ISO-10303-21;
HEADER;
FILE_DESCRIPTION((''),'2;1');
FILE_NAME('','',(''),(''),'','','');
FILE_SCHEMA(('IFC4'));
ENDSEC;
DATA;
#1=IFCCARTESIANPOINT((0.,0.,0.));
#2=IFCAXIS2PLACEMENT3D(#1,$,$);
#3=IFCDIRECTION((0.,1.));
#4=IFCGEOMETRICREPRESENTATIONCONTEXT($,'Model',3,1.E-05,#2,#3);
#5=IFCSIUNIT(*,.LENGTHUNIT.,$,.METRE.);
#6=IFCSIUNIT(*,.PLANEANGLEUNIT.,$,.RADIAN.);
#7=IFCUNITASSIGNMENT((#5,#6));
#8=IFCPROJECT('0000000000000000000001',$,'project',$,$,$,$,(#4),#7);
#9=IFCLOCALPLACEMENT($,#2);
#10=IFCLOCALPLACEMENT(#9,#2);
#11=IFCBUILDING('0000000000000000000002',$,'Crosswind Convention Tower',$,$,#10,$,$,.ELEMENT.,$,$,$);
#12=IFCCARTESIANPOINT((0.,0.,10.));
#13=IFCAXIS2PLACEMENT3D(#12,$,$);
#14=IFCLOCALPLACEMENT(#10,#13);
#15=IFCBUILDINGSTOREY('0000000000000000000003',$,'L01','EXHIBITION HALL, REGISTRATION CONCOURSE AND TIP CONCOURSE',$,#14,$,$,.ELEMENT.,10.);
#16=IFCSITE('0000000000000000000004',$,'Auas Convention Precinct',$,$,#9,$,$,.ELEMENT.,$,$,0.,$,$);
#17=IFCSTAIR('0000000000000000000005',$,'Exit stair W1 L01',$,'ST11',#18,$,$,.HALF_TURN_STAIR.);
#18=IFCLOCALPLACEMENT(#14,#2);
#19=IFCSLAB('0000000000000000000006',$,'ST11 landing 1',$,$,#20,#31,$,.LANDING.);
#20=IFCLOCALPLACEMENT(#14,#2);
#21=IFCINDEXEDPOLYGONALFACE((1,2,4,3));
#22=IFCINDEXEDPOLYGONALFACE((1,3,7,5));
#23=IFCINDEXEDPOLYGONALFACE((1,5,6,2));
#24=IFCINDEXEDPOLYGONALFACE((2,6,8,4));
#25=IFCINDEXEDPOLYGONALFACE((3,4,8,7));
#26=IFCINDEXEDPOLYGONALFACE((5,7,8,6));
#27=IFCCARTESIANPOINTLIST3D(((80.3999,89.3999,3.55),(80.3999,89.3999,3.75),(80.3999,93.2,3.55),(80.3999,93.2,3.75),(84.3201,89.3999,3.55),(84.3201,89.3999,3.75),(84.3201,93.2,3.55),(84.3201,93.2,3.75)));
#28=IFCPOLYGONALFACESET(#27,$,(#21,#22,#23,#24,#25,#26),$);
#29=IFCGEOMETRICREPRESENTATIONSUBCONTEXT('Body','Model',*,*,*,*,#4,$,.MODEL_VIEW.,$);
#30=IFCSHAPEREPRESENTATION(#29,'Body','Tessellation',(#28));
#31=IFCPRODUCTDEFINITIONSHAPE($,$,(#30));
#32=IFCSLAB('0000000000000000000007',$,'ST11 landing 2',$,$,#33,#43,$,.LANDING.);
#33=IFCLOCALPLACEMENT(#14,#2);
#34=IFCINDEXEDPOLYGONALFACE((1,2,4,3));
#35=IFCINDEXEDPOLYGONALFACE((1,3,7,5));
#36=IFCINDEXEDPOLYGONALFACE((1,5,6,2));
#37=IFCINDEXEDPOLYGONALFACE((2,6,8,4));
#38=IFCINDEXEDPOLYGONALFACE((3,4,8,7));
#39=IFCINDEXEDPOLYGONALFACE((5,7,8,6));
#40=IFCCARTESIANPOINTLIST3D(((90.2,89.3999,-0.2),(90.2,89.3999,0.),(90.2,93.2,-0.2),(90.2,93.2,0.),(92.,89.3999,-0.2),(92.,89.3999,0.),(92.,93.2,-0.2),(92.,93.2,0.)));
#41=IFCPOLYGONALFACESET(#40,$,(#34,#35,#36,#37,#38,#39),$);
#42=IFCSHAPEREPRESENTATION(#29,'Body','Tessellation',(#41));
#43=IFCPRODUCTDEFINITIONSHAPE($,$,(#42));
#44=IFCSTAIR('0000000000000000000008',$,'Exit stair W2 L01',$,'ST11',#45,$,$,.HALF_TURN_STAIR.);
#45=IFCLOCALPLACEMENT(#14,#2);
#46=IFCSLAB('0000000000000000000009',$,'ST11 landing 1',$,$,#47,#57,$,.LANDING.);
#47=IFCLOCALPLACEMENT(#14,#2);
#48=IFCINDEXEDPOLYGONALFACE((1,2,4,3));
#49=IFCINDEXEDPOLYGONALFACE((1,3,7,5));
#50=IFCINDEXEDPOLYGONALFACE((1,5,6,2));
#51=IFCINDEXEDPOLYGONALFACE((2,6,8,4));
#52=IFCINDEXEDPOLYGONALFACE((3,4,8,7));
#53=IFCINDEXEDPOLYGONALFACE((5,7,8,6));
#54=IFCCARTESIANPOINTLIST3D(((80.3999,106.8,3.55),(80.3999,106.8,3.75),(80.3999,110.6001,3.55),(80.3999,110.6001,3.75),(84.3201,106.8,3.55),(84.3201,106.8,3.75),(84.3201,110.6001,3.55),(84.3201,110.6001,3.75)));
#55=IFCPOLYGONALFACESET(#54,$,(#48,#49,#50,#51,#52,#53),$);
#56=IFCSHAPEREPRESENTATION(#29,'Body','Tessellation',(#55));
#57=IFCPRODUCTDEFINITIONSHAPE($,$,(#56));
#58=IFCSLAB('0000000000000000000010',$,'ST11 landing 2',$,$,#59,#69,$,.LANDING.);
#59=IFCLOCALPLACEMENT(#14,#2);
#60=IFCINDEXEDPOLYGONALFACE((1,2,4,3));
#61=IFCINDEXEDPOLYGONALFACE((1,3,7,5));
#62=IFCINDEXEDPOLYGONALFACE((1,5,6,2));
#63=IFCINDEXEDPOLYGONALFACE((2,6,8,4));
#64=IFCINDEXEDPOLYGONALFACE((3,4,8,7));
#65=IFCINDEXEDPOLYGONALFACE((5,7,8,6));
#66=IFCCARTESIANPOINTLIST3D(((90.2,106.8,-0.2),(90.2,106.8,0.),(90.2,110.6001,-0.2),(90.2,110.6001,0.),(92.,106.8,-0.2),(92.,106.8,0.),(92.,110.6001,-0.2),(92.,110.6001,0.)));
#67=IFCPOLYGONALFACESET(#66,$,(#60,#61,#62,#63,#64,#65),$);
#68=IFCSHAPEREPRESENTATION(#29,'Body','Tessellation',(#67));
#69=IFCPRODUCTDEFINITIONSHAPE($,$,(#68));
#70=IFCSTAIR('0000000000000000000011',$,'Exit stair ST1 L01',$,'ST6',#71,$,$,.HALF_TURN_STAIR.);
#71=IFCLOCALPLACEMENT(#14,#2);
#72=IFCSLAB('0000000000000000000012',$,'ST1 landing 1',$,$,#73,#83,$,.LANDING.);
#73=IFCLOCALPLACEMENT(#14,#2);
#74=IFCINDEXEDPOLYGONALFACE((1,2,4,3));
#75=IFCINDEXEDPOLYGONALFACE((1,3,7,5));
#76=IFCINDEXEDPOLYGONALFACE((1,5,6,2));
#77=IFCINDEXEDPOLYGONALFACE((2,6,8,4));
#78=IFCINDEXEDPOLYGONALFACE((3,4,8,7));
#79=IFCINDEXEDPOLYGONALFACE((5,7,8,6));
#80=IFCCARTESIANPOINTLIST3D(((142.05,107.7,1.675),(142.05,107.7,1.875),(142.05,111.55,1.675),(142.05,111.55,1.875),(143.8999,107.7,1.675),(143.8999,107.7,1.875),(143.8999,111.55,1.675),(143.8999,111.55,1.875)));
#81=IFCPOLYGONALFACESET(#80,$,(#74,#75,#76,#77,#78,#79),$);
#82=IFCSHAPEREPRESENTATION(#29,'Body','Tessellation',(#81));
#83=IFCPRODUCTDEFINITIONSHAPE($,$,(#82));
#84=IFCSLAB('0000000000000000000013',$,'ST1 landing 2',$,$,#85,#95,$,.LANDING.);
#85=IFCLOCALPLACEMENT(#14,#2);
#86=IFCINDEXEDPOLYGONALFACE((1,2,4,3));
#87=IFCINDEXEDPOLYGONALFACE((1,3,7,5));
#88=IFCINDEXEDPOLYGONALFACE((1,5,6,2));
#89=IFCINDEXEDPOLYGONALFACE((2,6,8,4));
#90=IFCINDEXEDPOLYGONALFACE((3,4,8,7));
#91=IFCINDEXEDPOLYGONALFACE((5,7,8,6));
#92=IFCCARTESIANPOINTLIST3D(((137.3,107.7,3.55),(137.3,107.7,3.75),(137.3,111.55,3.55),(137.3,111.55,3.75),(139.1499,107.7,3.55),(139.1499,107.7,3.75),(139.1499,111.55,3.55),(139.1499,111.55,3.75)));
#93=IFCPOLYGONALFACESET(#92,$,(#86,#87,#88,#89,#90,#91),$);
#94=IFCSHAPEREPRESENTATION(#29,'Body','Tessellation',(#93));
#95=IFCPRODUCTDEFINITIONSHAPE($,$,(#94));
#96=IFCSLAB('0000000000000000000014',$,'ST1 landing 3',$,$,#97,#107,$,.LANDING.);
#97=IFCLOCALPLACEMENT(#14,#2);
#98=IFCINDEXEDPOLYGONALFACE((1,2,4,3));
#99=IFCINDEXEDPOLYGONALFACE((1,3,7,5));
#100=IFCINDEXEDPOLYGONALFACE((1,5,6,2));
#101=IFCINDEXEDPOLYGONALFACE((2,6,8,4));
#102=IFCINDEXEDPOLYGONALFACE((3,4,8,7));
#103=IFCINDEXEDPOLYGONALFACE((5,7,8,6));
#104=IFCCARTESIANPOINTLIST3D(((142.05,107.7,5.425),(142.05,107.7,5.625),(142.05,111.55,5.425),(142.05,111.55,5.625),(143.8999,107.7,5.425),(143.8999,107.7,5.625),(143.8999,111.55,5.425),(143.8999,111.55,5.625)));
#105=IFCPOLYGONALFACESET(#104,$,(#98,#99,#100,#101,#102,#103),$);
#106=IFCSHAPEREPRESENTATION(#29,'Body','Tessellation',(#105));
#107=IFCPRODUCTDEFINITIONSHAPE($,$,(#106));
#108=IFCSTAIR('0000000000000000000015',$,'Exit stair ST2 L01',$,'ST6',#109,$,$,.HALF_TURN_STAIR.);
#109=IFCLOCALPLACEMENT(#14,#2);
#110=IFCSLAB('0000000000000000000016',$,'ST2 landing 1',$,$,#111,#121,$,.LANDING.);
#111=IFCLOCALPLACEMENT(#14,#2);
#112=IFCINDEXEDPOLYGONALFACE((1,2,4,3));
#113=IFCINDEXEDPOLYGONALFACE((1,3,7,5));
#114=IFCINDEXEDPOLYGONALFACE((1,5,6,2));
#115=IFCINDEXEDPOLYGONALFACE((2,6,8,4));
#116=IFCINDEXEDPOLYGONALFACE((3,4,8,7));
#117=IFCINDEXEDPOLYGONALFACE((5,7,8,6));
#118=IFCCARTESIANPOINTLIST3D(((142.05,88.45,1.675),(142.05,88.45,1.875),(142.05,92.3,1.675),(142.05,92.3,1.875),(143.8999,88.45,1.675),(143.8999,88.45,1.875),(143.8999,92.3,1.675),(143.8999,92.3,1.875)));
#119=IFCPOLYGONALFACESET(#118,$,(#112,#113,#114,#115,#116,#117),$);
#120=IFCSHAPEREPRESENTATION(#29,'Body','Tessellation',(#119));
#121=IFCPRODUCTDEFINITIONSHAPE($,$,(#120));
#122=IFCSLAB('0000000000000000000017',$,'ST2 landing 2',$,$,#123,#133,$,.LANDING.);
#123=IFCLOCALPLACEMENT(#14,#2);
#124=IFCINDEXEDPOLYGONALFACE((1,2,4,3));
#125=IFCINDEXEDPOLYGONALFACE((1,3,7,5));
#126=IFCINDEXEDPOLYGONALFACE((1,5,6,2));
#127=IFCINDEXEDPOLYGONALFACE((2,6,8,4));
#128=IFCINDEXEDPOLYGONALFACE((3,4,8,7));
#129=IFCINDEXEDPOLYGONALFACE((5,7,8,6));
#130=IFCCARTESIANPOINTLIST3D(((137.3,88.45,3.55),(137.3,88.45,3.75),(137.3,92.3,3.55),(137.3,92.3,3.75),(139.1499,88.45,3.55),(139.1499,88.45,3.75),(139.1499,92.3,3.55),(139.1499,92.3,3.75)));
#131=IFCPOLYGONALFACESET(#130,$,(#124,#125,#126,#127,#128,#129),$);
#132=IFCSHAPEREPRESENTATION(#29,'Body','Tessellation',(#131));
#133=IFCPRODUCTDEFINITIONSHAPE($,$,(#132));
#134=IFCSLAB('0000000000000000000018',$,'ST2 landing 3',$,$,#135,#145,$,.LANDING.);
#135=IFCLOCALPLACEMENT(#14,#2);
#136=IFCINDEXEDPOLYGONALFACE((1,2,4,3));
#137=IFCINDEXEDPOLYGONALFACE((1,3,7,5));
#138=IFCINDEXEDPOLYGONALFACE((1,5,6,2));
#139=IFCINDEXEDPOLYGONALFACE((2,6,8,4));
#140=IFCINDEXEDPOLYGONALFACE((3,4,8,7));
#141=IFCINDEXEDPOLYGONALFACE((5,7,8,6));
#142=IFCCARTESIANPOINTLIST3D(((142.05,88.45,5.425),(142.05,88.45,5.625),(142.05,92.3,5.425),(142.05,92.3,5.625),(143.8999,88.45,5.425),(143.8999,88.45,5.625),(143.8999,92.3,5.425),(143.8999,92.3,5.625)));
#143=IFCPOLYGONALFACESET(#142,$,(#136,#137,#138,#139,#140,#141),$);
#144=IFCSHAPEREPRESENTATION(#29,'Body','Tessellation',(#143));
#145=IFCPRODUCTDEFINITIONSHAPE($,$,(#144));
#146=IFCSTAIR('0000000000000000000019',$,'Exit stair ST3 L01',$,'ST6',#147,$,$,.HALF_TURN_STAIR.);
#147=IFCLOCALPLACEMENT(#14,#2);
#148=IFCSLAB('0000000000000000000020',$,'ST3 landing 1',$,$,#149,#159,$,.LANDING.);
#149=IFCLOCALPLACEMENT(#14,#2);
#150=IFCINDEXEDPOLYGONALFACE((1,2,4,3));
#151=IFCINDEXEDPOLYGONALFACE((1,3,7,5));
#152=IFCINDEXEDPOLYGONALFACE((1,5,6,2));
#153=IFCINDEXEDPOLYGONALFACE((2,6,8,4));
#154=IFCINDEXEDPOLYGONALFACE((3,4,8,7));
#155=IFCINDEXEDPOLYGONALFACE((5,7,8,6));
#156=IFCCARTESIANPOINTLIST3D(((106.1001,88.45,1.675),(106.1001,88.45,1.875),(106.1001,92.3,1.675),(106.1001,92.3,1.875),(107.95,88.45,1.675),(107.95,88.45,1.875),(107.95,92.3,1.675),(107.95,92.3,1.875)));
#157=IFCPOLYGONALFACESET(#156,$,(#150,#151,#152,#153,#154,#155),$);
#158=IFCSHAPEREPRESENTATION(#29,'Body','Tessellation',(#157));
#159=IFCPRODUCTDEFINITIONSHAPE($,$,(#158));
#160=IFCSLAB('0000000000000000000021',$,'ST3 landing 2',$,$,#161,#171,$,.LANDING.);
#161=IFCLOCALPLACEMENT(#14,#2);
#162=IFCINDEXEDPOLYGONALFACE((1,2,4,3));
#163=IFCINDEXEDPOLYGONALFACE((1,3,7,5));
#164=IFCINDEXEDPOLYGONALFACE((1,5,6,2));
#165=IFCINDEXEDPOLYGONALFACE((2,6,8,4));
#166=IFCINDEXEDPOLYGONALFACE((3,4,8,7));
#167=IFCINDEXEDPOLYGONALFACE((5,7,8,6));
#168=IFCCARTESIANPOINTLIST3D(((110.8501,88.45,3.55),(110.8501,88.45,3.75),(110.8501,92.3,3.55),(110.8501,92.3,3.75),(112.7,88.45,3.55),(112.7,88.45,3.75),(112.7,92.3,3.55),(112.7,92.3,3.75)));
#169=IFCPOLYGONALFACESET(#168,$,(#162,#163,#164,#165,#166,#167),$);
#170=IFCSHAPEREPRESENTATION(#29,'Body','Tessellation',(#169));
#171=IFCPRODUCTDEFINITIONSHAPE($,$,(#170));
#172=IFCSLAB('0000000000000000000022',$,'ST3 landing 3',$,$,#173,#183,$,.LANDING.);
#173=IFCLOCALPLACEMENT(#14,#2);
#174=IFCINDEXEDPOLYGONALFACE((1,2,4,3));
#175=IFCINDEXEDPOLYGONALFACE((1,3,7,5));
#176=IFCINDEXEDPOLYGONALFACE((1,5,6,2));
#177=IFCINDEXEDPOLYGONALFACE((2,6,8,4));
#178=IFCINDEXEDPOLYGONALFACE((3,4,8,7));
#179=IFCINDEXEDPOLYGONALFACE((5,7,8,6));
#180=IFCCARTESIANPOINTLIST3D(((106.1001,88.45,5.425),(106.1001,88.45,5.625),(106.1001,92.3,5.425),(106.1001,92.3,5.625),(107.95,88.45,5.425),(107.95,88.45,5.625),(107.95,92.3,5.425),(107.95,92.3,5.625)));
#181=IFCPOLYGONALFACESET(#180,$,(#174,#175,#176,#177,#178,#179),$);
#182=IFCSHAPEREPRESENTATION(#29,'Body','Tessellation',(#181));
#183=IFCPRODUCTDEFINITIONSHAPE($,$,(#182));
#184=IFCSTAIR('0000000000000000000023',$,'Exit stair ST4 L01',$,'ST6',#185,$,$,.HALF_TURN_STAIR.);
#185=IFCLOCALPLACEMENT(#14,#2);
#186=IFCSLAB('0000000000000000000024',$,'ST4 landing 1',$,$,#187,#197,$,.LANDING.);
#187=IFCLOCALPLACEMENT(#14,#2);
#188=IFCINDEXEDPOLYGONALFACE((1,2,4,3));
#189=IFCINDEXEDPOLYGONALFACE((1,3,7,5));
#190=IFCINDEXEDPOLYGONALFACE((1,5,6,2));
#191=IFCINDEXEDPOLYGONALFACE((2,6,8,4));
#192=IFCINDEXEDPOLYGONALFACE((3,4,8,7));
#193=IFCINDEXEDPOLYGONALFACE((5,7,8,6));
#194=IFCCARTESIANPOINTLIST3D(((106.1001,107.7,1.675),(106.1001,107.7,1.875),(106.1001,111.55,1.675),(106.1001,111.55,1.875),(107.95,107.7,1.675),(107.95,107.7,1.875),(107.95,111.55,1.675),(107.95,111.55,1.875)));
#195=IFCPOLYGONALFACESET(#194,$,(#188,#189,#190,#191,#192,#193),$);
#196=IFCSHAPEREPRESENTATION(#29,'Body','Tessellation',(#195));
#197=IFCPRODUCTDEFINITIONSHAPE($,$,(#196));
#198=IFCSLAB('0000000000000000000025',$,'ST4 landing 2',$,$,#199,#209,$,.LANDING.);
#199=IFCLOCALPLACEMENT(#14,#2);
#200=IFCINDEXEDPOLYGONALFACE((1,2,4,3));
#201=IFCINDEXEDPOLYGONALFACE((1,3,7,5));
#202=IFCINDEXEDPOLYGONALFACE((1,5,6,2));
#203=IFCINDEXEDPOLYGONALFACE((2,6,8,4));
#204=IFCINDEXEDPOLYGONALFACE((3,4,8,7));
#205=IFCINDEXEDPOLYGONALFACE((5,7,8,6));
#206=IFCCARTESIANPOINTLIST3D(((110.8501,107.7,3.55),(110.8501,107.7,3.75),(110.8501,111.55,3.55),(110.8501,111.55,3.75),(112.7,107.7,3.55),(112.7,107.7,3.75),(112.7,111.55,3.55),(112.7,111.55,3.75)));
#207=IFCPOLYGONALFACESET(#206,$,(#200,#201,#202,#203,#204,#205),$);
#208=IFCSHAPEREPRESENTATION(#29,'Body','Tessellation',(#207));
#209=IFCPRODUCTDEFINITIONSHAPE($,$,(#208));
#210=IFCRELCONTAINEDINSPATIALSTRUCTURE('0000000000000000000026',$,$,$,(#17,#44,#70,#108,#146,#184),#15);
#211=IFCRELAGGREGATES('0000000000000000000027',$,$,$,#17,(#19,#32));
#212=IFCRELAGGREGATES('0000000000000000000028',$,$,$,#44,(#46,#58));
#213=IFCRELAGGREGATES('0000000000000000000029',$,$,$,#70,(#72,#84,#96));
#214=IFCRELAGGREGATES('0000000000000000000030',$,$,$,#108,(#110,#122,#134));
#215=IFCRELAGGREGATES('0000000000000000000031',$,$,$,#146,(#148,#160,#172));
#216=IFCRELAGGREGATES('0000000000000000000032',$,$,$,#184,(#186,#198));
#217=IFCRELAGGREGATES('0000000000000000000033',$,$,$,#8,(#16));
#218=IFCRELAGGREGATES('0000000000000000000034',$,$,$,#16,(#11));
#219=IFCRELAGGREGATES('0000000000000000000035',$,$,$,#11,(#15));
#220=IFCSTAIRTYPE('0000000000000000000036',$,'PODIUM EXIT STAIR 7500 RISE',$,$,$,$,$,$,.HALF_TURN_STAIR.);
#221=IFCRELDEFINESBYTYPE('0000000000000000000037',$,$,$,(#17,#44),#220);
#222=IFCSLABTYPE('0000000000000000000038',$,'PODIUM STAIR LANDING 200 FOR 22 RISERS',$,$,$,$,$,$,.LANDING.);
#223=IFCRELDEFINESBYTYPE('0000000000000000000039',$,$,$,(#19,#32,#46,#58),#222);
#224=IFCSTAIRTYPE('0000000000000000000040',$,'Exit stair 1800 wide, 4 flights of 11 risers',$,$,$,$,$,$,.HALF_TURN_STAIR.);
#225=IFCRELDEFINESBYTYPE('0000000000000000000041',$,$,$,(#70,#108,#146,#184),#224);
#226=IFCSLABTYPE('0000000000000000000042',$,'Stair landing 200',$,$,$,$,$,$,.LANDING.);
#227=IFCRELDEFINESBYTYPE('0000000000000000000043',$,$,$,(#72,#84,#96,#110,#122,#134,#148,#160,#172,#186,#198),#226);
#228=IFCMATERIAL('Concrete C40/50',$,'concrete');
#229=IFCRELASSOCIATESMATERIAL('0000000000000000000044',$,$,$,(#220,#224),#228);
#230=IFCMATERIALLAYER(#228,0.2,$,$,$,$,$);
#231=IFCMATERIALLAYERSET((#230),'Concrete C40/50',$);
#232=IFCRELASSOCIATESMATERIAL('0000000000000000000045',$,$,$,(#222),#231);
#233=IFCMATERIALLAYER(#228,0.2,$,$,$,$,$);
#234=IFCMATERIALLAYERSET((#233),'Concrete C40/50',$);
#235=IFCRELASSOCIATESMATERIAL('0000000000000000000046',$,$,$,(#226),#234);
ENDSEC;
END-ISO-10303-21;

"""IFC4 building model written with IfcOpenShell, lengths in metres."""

from ifc_helpers import new_model, si_unit, direction, frame, origin, place, context, subcontext, project, spatial, polyline, outline, extrude, material, layer, layer_set, type_object, element, aggregate, save


model = new_model("IFC4")

# Units and contexts
model_context = context("Model", 3, precision=1e-05, world=origin(), true_north=direction((0.0, 1.0)))
body_context = subcontext(model_context, "Body", "Model", "MODEL_VIEW")
ifc_project = project(units=[si_unit("LENGTHUNIT", "METRE"), si_unit("PLANEANGLEUNIT", "RADIAN")], contexts=[model_context])

# Site, building, storey
site_placement = place(None, origin())
site = spatial("IfcSite", under=ifc_project, at=site_placement, Name="Auas Convention Precinct", CompositionType="ELEMENT", RefElevation=0.0)
building_placement = place(site_placement, origin())
building = spatial("IfcBuilding", under=site, at=building_placement, Name="Crosswind Convention Tower", CompositionType="ELEMENT")
storey_placement = place(building_placement, frame((0.0, 0.0, 10.0)))
storey = spatial("IfcBuildingStorey", under=building, at=storey_placement, Name="L01", Description="EXHIBITION HALL, REGISTRATION CONCOURSE AND TIP CONCOURSE", CompositionType="ELEMENT", Elevation=10.0)

# Shared definitions
ifc_material_1 = material(Name="Concrete C40/50", Category="concrete")

# Stairs, slabs
stair_type_1 = type_object("IfcStairType", Name="PODIUM EXIT STAIR 7500 RISE", PredefinedType="HALF_TURN_STAIR", material=ifc_material_1)
ifc_layer_1 = layer(ifc_material_1, 0.2)
ifc_layer_set_1 = layer_set([ifc_layer_1], Name="Concrete C40/50")
slab_type_1 = type_object("IfcSlabType", Name="PODIUM STAIR LANDING 200 FOR 22 RISERS", PredefinedType="LANDING", material=ifc_layer_set_1)
stair_1_placement = place(storey_placement, origin())
stair_1 = element("IfcStair", 1, at=stair_1_placement, inside=storey, type_object=stair_type_1, Name="Exit stair W1 L01", ObjectType="ST11", PredefinedType="HALF_TURN_STAIR")
slab_1_placement = place(storey_placement, frame((0.0, 0.0, 3.55)))
slab_1 = element("IfcSlab", 2, at=slab_1_placement, type_object=slab_type_1, Name="ST11 landing 1", PredefinedType="LANDING", context=body_context, shape_type="SweptSolid", body=[
    extrude(outline(polyline([(84.3201, 93.2), (80.3999, 93.2), (80.3999, 89.3999), (84.3201, 89.3999), (84.3201, 93.2)])), origin(), (0.0, 0.0, 1.0), 0.2),
])
slab_2_placement = place(storey_placement, frame((0.0, 0.0, -0.2)))
slab_2 = element("IfcSlab", 3, at=slab_2_placement, type_object=slab_type_1, Name="ST11 landing 2", PredefinedType="LANDING", context=body_context, shape_type="SweptSolid", body=[
    extrude(outline(polyline([(92.0, 93.2), (90.2, 93.2), (90.2, 89.3999), (92.0, 89.3999), (92.0, 93.2)])), origin(), (0.0, 0.0, 1.0), 0.2),
])
aggregate(stair_1, [slab_1, slab_2])
stair_2_placement = place(storey_placement, origin())
stair_2 = element("IfcStair", 4, at=stair_2_placement, inside=storey, type_object=stair_type_1, Name="Exit stair W2 L01", ObjectType="ST11", PredefinedType="HALF_TURN_STAIR")
slab_3_placement = place(storey_placement, frame((0.0, 0.0, 3.55)))
slab_3 = element("IfcSlab", 5, at=slab_3_placement, type_object=slab_type_1, Name="ST11 landing 1", PredefinedType="LANDING", context=body_context, shape_type="SweptSolid", body=[
    extrude(outline(polyline([(84.3201, 110.6001), (80.3999, 110.6001), (80.3999, 106.8), (84.3201, 106.8), (84.3201, 110.6001)])), origin(), (0.0, 0.0, 1.0), 0.2),
])
slab_4_placement = place(storey_placement, frame((0.0, 0.0, -0.2)))
slab_4 = element("IfcSlab", 6, at=slab_4_placement, type_object=slab_type_1, Name="ST11 landing 2", PredefinedType="LANDING", context=body_context, shape_type="SweptSolid", body=[
    extrude(outline(polyline([(92.0, 110.6001), (90.2, 110.6001), (90.2, 106.8), (92.0, 106.8), (92.0, 110.6001)])), origin(), (0.0, 0.0, 1.0), 0.2),
])
aggregate(stair_2, [slab_3, slab_4])
stair_type_2 = type_object("IfcStairType", Name="Exit stair 1800 wide, 4 flights of 11 risers", PredefinedType="HALF_TURN_STAIR", material=ifc_material_1)
stair_3_placement = place(storey_placement, origin())
stair_3 = element("IfcStair", 7, at=stair_3_placement, inside=storey, type_object=stair_type_2, Name="Exit stair ST1 L01", ObjectType="ST6", PredefinedType="HALF_TURN_STAIR")
ifc_layer_2 = layer(ifc_material_1, 0.2)
ifc_layer_set_2 = layer_set([ifc_layer_2], Name="Concrete C40/50")
slab_type_2 = type_object("IfcSlabType", Name="Stair landing 200", PredefinedType="LANDING", material=ifc_layer_set_2)
slab_5_placement = place(storey_placement, frame((0.0, 0.0, 1.675)))
slab_5 = element("IfcSlab", 8, at=slab_5_placement, type_object=slab_type_2, Name="ST1 landing 1", PredefinedType="LANDING", context=body_context, shape_type="SweptSolid", body=[
    extrude(outline(polyline([(143.8999, 107.7), (143.8999, 111.55), (142.05, 111.55), (142.05, 107.7), (143.8999, 107.7)])), origin(), (0.0, 0.0, 1.0), 0.2),
])
slab_6_placement = place(storey_placement, frame((0.0, 0.0, 3.55)))
slab_6 = element("IfcSlab", 9, at=slab_6_placement, type_object=slab_type_2, Name="ST1 landing 2", PredefinedType="LANDING", context=body_context, shape_type="SweptSolid", body=[
    extrude(outline(polyline([(139.1499, 107.7), (139.1499, 111.55), (137.3, 111.55), (137.3, 107.7), (139.1499, 107.7)])), origin(), (0.0, 0.0, 1.0), 0.2),
])
slab_7_placement = place(storey_placement, frame((0.0, 0.0, 5.425)))
slab_7 = element("IfcSlab", 10, at=slab_7_placement, type_object=slab_type_2, Name="ST1 landing 3", PredefinedType="LANDING", context=body_context, shape_type="SweptSolid", body=[
    extrude(outline(polyline([(143.8999, 107.7), (143.8999, 111.55), (142.05, 111.55), (142.05, 107.7), (143.8999, 107.7)])), origin(), (0.0, 0.0, 1.0), 0.2),
])
aggregate(stair_3, [slab_5, slab_6, slab_7])
stair_4_placement = place(storey_placement, origin())
stair_4 = element("IfcStair", 11, at=stair_4_placement, inside=storey, type_object=stair_type_2, Name="Exit stair ST2 L01", ObjectType="ST6", PredefinedType="HALF_TURN_STAIR")
slab_8_placement = place(storey_placement, frame((0.0, 0.0, 1.675)))
slab_8 = element("IfcSlab", 12, at=slab_8_placement, type_object=slab_type_2, Name="ST2 landing 1", PredefinedType="LANDING", context=body_context, shape_type="SweptSolid", body=[
    extrude(outline(polyline([(143.8999, 88.45), (143.8999, 92.3), (142.05, 92.3), (142.05, 88.45), (143.8999, 88.45)])), origin(), (0.0, 0.0, 1.0), 0.2),
])
slab_9_placement = place(storey_placement, frame((0.0, 0.0, 3.55)))
slab_9 = element("IfcSlab", 13, at=slab_9_placement, type_object=slab_type_2, Name="ST2 landing 2", PredefinedType="LANDING", context=body_context, shape_type="SweptSolid", body=[
    extrude(outline(polyline([(139.1499, 88.45), (139.1499, 92.3), (137.3, 92.3), (137.3, 88.45), (139.1499, 88.45)])), origin(), (0.0, 0.0, 1.0), 0.2),
])
slab_10_placement = place(storey_placement, frame((0.0, 0.0, 5.425)))
slab_10 = element("IfcSlab", 14, at=slab_10_placement, type_object=slab_type_2, Name="ST2 landing 3", PredefinedType="LANDING", context=body_context, shape_type="SweptSolid", body=[
    extrude(outline(polyline([(143.8999, 88.45), (143.8999, 92.3), (142.05, 92.3), (142.05, 88.45), (143.8999, 88.45)])), origin(), (0.0, 0.0, 1.0), 0.2),
])
aggregate(stair_4, [slab_8, slab_9, slab_10])
stair_5_placement = place(storey_placement, origin())
stair_5 = element("IfcStair", 15, at=stair_5_placement, inside=storey, type_object=stair_type_2, Name="Exit stair ST3 L01", ObjectType="ST6", PredefinedType="HALF_TURN_STAIR")
slab_11_placement = place(storey_placement, frame((0.0, 0.0, 1.675)))
slab_11 = element("IfcSlab", 16, at=slab_11_placement, type_object=slab_type_2, Name="ST3 landing 1", PredefinedType="LANDING", context=body_context, shape_type="SweptSolid", body=[
    extrude(outline(polyline([(107.95, 88.45), (107.95, 92.3), (106.1001, 92.3), (106.1001, 88.45), (107.95, 88.45)])), origin(), (0.0, 0.0, 1.0), 0.2),
])
slab_12_placement = place(storey_placement, frame((0.0, 0.0, 3.55)))
slab_12 = element("IfcSlab", 17, at=slab_12_placement, type_object=slab_type_2, Name="ST3 landing 2", PredefinedType="LANDING", context=body_context, shape_type="SweptSolid", body=[
    extrude(outline(polyline([(112.7, 88.45), (112.7, 92.3), (110.8501, 92.3), (110.8501, 88.45), (112.7, 88.45)])), origin(), (0.0, 0.0, 1.0), 0.2),
])
slab_13_placement = place(storey_placement, frame((0.0, 0.0, 5.425)))
slab_13 = element("IfcSlab", 18, at=slab_13_placement, type_object=slab_type_2, Name="ST3 landing 3", PredefinedType="LANDING", context=body_context, shape_type="SweptSolid", body=[
    extrude(outline(polyline([(107.95, 88.45), (107.95, 92.3), (106.1001, 92.3), (106.1001, 88.45), (107.95, 88.45)])), origin(), (0.0, 0.0, 1.0), 0.2),
])
aggregate(stair_5, [slab_11, slab_12, slab_13])
stair_6_placement = place(storey_placement, origin())
stair_6 = element("IfcStair", 19, at=stair_6_placement, inside=storey, type_object=stair_type_2, Name="Exit stair ST4 L01", ObjectType="ST6", PredefinedType="HALF_TURN_STAIR")
slab_14_placement = place(storey_placement, frame((0.0, 0.0, 1.675)))
slab_14 = element("IfcSlab", 20, at=slab_14_placement, type_object=slab_type_2, Name="ST4 landing 1", PredefinedType="LANDING", context=body_context, shape_type="SweptSolid", body=[
    extrude(outline(polyline([(107.95, 107.7), (107.95, 111.55), (106.1001, 111.55), (106.1001, 107.7), (107.95, 107.7)])), origin(), (0.0, 0.0, 1.0), 0.2),
])
slab_15_placement = place(storey_placement, frame((0.0, 0.0, 3.55)))
slab_15 = element("IfcSlab", 21, at=slab_15_placement, type_object=slab_type_2, Name="ST4 landing 2", PredefinedType="LANDING", context=body_context, shape_type="SweptSolid", body=[
    extrude(outline(polyline([(112.7, 107.7), (112.7, 111.55), (110.8501, 111.55), (110.8501, 107.7), (112.7, 107.7)])), origin(), (0.0, 0.0, 1.0), 0.2),
])
aggregate(stair_6, [slab_14, slab_15])

save(model, "model.ifc")
